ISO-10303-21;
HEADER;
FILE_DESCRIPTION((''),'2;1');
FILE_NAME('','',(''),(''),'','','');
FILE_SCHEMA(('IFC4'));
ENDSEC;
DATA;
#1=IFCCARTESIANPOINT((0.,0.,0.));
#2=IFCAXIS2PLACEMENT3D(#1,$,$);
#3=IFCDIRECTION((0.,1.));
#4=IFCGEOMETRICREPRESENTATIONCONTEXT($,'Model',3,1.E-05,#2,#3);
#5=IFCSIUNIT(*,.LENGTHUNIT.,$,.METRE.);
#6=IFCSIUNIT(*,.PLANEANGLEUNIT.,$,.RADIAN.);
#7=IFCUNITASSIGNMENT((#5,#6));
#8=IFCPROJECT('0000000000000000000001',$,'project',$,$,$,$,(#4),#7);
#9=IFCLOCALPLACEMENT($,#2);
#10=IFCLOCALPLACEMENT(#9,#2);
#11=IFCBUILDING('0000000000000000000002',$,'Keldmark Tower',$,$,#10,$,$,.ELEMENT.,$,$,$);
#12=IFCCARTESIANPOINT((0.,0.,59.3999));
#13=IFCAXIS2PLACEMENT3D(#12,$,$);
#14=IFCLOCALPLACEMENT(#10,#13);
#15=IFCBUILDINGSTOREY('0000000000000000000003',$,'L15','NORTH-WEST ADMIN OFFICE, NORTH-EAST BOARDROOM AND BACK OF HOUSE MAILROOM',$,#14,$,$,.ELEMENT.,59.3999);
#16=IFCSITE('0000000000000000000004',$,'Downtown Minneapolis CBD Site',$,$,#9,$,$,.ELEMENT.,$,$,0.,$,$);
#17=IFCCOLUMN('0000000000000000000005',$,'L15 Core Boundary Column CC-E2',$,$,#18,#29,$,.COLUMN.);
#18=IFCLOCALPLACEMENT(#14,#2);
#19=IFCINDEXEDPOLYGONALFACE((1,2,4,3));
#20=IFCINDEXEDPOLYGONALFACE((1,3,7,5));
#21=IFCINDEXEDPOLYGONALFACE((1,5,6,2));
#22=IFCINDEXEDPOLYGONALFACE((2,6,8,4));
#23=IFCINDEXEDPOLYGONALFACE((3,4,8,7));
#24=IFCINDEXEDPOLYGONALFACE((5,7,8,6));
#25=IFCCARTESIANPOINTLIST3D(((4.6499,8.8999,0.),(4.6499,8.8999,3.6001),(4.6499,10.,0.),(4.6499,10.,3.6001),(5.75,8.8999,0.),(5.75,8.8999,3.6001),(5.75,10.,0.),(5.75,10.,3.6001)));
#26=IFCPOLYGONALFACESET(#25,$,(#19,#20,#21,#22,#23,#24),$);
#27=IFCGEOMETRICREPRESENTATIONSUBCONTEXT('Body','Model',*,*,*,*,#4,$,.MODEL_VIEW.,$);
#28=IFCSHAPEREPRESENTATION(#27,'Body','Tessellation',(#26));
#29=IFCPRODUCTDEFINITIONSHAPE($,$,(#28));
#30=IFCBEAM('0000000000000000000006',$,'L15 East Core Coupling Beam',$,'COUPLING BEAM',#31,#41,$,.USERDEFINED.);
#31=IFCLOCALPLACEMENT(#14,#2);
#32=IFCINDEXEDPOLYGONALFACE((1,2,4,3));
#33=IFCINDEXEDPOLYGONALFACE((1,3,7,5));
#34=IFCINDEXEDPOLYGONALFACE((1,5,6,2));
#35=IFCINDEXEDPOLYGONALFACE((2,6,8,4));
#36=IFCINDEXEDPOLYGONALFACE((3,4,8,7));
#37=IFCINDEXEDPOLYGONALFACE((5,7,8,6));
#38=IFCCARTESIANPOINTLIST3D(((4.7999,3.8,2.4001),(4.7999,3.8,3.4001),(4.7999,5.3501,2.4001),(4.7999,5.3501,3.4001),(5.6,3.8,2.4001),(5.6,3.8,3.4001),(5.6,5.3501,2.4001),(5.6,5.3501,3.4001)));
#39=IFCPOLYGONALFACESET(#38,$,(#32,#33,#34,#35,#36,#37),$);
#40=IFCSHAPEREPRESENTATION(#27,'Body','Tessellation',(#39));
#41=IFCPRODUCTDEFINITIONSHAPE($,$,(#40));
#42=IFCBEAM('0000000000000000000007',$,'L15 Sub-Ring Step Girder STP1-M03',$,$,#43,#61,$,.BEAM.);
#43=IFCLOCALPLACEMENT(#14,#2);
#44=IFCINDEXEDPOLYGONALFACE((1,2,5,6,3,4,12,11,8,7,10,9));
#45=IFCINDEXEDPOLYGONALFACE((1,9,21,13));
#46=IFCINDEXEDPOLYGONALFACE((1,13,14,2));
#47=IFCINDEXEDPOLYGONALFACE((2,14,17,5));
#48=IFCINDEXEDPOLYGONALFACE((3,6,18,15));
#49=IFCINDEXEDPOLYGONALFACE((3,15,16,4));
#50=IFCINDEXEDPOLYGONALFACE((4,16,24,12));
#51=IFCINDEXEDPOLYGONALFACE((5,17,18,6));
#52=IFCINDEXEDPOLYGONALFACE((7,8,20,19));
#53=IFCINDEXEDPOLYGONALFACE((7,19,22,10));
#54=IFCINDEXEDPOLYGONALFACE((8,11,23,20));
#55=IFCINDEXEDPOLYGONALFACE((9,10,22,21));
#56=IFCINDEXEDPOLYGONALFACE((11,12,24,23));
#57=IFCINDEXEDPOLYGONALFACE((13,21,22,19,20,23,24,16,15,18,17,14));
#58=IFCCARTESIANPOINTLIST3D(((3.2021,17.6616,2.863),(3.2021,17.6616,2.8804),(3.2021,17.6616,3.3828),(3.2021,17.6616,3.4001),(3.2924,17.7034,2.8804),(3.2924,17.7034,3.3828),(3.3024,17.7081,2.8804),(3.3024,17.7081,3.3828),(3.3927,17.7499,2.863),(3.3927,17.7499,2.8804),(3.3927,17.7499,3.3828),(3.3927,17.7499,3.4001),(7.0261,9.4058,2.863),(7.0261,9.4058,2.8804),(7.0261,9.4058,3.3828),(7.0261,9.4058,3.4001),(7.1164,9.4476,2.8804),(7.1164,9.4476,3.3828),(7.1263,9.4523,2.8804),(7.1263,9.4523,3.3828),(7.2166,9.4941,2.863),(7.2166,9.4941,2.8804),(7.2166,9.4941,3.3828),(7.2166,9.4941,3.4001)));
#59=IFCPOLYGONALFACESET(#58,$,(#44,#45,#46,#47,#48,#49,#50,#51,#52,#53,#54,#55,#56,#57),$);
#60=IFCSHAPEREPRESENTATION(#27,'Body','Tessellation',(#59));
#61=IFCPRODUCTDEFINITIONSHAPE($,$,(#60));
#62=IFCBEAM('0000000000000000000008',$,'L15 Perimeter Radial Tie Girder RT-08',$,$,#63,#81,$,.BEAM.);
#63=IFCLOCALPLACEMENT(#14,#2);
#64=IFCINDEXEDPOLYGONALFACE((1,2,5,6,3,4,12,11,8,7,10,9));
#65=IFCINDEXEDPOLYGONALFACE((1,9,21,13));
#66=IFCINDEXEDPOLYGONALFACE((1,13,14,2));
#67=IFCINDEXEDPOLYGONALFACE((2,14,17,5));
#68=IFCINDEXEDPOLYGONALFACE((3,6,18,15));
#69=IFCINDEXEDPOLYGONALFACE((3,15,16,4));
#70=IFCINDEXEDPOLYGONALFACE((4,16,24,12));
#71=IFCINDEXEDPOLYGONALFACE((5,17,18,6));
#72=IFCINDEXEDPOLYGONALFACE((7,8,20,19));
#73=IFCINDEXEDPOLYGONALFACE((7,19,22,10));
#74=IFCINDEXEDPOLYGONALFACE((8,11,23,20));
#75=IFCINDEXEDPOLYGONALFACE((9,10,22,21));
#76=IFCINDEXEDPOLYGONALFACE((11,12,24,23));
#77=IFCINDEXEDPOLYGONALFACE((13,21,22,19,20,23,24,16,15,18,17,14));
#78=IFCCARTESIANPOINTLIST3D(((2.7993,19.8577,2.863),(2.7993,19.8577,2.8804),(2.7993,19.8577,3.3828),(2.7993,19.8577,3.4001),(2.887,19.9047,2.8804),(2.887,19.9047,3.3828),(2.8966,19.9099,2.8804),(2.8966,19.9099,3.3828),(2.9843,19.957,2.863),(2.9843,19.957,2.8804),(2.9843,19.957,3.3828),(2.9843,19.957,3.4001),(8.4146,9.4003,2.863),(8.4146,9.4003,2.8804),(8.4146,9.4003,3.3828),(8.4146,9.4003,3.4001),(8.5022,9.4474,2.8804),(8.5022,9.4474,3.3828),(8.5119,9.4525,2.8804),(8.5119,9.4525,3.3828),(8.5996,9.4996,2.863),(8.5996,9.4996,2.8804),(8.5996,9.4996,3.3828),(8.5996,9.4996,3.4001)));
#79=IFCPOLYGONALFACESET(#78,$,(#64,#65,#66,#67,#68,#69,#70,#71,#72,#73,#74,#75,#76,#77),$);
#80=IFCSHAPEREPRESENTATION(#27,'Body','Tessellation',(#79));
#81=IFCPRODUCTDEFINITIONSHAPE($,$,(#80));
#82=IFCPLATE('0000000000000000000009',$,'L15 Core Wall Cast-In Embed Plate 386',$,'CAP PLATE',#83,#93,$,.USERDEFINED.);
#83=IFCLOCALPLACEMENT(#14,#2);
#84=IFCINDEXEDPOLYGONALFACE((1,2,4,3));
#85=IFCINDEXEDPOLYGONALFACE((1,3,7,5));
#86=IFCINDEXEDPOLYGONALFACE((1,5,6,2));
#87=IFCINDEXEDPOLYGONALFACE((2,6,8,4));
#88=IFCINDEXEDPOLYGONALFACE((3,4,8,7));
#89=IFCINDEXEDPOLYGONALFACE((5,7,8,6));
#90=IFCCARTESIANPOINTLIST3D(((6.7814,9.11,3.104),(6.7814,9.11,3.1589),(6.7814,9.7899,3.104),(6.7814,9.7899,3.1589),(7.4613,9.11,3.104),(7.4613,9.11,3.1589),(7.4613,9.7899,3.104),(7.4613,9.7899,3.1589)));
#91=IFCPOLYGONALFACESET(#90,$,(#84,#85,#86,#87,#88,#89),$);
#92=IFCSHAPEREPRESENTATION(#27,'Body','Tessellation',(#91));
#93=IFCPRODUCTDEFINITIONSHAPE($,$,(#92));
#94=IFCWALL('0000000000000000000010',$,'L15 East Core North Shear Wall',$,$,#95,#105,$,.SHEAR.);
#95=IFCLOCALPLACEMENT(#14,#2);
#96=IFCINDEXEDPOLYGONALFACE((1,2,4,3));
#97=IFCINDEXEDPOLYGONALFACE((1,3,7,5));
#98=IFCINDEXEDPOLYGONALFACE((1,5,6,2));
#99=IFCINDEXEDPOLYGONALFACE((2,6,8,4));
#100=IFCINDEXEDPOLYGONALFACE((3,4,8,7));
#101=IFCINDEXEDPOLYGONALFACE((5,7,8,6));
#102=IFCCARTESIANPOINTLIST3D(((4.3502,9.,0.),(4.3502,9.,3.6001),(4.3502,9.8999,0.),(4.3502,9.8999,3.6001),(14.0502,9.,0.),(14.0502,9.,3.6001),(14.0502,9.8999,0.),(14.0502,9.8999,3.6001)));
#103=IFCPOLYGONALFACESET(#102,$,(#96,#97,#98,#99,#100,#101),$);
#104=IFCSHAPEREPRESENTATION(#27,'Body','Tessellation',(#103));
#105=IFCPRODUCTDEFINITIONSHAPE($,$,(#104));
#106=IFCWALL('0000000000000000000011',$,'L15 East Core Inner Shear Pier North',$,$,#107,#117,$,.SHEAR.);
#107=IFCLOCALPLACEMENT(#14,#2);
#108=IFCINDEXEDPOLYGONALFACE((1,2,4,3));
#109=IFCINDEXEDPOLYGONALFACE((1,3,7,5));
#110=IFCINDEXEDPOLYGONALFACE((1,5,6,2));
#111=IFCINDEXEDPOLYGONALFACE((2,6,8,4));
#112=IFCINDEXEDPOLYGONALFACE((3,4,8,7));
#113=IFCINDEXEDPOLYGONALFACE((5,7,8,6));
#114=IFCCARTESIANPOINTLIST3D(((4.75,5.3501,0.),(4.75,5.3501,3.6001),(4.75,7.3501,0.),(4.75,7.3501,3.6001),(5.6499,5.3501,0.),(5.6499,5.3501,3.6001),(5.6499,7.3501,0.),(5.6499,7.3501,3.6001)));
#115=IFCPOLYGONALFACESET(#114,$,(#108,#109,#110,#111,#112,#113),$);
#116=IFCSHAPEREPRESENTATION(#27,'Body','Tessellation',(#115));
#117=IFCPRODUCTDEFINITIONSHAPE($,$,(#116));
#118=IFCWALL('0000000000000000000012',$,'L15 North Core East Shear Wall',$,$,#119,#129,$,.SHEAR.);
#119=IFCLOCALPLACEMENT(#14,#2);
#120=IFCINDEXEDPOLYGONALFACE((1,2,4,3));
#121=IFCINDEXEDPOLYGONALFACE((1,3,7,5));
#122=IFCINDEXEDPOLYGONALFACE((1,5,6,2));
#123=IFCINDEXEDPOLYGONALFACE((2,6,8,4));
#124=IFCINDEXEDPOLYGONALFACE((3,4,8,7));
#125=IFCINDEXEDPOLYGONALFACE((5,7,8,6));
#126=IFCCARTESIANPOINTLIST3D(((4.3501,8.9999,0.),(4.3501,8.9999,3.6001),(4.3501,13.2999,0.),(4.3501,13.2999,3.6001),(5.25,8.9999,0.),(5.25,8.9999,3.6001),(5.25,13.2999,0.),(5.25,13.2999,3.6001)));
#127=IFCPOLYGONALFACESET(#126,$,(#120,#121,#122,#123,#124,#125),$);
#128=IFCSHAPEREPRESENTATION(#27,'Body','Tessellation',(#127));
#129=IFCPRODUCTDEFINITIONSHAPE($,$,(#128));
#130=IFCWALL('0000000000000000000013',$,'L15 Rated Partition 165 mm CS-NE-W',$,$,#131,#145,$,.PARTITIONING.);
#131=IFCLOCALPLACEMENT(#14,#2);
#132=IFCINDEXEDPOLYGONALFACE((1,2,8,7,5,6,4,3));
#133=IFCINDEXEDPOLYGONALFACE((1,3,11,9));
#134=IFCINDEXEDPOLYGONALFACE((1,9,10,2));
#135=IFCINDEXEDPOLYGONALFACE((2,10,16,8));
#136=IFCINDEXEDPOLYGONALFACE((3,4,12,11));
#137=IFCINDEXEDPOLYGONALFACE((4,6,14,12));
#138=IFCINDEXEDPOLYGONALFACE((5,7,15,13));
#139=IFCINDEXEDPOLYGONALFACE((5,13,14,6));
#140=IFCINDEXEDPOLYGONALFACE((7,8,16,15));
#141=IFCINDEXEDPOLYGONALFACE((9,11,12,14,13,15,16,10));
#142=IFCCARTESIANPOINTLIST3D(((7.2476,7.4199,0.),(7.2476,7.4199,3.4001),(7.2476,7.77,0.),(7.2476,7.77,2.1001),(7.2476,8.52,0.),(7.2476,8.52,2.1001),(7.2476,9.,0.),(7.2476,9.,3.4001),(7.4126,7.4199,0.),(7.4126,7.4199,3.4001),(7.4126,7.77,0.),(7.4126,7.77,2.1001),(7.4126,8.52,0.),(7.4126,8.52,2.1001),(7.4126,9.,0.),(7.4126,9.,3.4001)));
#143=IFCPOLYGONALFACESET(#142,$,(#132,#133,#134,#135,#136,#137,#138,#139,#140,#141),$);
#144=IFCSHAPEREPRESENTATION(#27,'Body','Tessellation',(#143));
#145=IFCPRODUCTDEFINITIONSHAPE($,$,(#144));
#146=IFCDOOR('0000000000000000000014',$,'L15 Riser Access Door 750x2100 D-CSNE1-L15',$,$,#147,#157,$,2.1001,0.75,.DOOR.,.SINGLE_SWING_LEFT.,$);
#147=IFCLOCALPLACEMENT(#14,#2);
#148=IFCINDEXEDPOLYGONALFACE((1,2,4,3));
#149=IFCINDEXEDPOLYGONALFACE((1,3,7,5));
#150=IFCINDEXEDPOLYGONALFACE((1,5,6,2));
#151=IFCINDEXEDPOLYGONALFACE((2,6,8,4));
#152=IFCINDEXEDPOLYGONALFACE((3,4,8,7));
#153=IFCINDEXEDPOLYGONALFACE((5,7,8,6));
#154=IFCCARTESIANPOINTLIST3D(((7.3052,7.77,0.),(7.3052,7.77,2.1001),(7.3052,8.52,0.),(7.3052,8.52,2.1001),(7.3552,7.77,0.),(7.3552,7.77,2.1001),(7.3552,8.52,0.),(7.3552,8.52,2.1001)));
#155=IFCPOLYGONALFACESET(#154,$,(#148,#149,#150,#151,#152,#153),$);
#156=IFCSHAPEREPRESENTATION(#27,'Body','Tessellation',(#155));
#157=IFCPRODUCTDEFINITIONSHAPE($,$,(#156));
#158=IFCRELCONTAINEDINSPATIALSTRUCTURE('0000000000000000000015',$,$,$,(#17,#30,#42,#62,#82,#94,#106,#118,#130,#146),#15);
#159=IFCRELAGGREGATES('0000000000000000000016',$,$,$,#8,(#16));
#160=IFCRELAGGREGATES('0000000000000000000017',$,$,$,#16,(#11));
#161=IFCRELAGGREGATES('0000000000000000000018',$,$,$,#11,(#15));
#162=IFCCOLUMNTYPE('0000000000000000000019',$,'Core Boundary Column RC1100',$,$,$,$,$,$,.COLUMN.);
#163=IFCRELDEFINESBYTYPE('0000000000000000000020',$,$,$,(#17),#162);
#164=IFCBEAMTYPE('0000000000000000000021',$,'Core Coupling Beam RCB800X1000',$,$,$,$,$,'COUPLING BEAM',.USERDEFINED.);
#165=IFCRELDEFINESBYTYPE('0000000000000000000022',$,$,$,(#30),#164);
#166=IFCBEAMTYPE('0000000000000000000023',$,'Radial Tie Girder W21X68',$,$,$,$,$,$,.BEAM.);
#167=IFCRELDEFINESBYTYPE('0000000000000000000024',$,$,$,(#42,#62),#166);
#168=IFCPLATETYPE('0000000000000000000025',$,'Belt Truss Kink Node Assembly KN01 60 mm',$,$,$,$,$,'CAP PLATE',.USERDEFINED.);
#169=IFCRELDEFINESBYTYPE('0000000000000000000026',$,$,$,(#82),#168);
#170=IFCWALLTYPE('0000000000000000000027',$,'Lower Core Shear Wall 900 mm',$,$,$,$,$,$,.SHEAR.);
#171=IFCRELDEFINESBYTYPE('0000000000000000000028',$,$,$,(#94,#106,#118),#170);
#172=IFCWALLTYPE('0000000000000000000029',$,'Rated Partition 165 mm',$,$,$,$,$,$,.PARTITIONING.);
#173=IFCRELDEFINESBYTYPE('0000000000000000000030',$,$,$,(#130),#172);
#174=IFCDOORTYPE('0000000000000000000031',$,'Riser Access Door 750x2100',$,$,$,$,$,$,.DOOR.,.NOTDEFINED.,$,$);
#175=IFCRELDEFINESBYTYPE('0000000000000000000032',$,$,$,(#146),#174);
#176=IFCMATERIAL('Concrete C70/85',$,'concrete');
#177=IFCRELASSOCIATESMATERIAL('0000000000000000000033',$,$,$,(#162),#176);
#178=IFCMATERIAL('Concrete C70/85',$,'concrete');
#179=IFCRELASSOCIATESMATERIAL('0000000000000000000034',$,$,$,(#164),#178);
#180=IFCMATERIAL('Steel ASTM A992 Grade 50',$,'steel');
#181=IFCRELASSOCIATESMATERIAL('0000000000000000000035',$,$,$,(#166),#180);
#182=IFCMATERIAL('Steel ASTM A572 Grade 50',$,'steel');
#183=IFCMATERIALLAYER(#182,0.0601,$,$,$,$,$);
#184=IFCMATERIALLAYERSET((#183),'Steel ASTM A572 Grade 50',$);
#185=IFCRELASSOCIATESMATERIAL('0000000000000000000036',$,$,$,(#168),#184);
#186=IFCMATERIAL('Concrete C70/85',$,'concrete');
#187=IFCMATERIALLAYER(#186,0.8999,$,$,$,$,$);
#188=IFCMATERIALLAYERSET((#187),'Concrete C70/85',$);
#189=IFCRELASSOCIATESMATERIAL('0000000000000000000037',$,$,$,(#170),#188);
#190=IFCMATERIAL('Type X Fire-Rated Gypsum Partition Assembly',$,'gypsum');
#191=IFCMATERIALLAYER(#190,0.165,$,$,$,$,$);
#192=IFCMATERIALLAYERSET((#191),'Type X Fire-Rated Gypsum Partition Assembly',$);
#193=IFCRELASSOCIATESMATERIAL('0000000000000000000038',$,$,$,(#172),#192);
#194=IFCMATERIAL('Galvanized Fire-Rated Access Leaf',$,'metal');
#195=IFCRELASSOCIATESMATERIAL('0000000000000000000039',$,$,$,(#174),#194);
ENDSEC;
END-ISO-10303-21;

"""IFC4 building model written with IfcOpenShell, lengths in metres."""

from ifc_helpers import new_model, si_unit, direction, frame, frame_2d, origin, origin_2d, place, context, subcontext, project, spatial, rectangle, i_section, extrude, material, layer, layer_set, material_profile, profile_set, type_object, element, fill, save


model = new_model("IFC4")

# Units and contexts
model_context = context("Model", 3, precision=1e-05, world=origin(), true_north=direction((0.0, 1.0)))
body_context = subcontext(model_context, "Body", "Model", "MODEL_VIEW")
ifc_project = project(units=[si_unit("LENGTHUNIT", "METRE"), si_unit("PLANEANGLEUNIT", "RADIAN")], contexts=[model_context])

# Site, building, storey
site_placement = place(None, origin())
site = spatial("IfcSite", under=ifc_project, at=site_placement, Name="Downtown Minneapolis CBD Site", CompositionType="ELEMENT", RefElevation=0.0)
building_placement = place(site_placement, origin())
building = spatial("IfcBuilding", under=site, at=building_placement, Name="Keldmark Tower", CompositionType="ELEMENT")
storey_placement = place(building_placement, frame((0.0, 0.0, 59.3999)))
storey = spatial("IfcBuildingStorey", under=building, at=storey_placement, Name="L15", Description="NORTH-WEST ADMIN OFFICE, NORTH-EAST BOARDROOM AND BACK OF HOUSE MAILROOM", CompositionType="ELEMENT", Elevation=59.3999)

# Column
ifc_material_1 = material(Name="Concrete C70/85", Category="concrete")
ifc_material_profile_1 = material_profile(ifc_material_1, rectangle(XDim=1.1001, YDim=1.1001, at=origin_2d()), Name="RC1100X1100")
ifc_profile_set_1 = profile_set([ifc_material_profile_1], Name="Concrete C70/85")
column_type = type_object("IfcColumnType", Name="Core Boundary Column RC1100", PredefinedType="COLUMN", material=ifc_profile_set_1)
column_placement = place(storey_placement, frame((5.2, 9.45, 0.0), z_axis=(0.0, 0.0, 1.0), x_axis=(1.0, 0.0, 0.0)))
element("IfcColumn", 1, at=column_placement, inside=storey, type_object=column_type, Name="L15 Core Boundary Column CC-E2", PredefinedType="COLUMN", context=body_context, shape_type="SweptSolid", body=[
    extrude(rectangle(XDim=1.1001, YDim=1.1001, at=origin_2d()), origin(), (0.0, 0.0, 1.0), 3.6001),
])

# Beams
ifc_material_2 = material(Name="Concrete C70/85", Category="concrete")
ifc_material_profile_2 = material_profile(ifc_material_2, rectangle(XDim=0.8, YDim=1.0, at=origin_2d()), Name="RCB800X1000")
ifc_profile_set_2 = profile_set([ifc_material_profile_2], Name="Concrete C70/85")
beam_type_1 = type_object("IfcBeamType", Name="Core Coupling Beam RCB800X1000", ElementType="COUPLING BEAM", PredefinedType="USERDEFINED", material=ifc_profile_set_2)
beam_1_placement = place(storey_placement, frame((5.2, 3.8, 2.9001), z_axis=(0.0, 1.0, 0.0), x_axis=(-1.0, 0.0, 0.0)))
element("IfcBeam", 2, at=beam_1_placement, inside=storey, type_object=beam_type_1, Name="L15 East Core Coupling Beam", ObjectType="COUPLING BEAM", PredefinedType="USERDEFINED", context=body_context, shape_type="SweptSolid", body=[
    extrude(rectangle(XDim=0.8, YDim=1.0, at=origin_2d()), origin(), (0.0, 0.0, 1.0), 1.55),
])
ifc_material_3 = material(Name="Steel ASTM A992 Grade 50", Category="steel")
ifc_material_profile_3 = material_profile(ifc_material_3, i_section(OverallWidth=0.21, OverallDepth=0.5371, WebThickness=0.011, FlangeThickness=0.0173, at=origin_2d()), Name="W21X68")
ifc_profile_set_3 = profile_set([ifc_material_profile_3], Name="Steel ASTM A992 Grade 50")
beam_type_2 = type_object("IfcBeamType", Name="Radial Tie Girder W21X68", PredefinedType="BEAM", material=ifc_profile_set_3)
beam_2_placement = place(storey_placement, frame((7.1213, 9.45, 3.1316), z_axis=(-0.420288, 0.907391, 0.0), x_axis=(-0.907391, -0.420288, 0.0)))
element("IfcBeam", 3, at=beam_2_placement, inside=storey, type_object=beam_type_2, Name="L15 Sub-Ring Step Girder STP1-M03", PredefinedType="BEAM", context=body_context, shape_type="SweptSolid", body=[
    extrude(i_section(OverallWidth=0.21, OverallDepth=0.5371, WebThickness=0.011, FlangeThickness=0.0173, at=origin_2d()), origin(), (0.0, 0.0, 1.0), 9.0984),
])
beam_3_placement = place(storey_placement, frame((8.5071, 9.45, 3.1316), z_axis=(-0.47308, 0.881019, 0.0), x_axis=(-0.881019, -0.47308, 0.0)))
element("IfcBeam", 4, at=beam_3_placement, inside=storey, type_object=beam_type_2, Name="L15 Perimeter Radial Tie Girder RT-08", PredefinedType="BEAM", context=body_context, shape_type="SweptSolid", body=[
    extrude(i_section(OverallWidth=0.21, OverallDepth=0.5371, WebThickness=0.011, FlangeThickness=0.0173, at=origin_2d()), origin(), (0.0, 0.0, 1.0), 11.8696),
])

# Plate
ifc_material_4 = material(Name="Steel ASTM A572 Grade 50", Category="steel")
ifc_layer_1 = layer(ifc_material_4, 0.0601)
ifc_layer_set_1 = layer_set([ifc_layer_1], Name="Steel ASTM A572 Grade 50")
plate_type = type_object("IfcPlateType", Name="Belt Truss Kink Node Assembly KN01 60 mm", ElementType="CAP PLATE", PredefinedType="USERDEFINED", material=ifc_layer_set_1)
plate_placement = place(storey_placement, frame((7.1213, 9.45, 3.104), z_axis=(0.0, 0.0, 1.0), x_axis=(1.0, 0.0, 0.0)))
element("IfcPlate", 5, at=plate_placement, inside=storey, type_object=plate_type, Name="L15 Core Wall Cast-In Embed Plate 386", ObjectType="CAP PLATE", PredefinedType="USERDEFINED", context=body_context, shape_type="SweptSolid", body=[
    extrude(rectangle(XDim=0.6799, YDim=0.6799, at=origin_2d()), origin(), (0.0, 0.0, 1.0), 0.0549),
])

# Walls
ifc_material_5 = material(Name="Concrete C70/85", Category="concrete")
ifc_layer_2 = layer(ifc_material_5, 0.8999)
ifc_layer_set_2 = layer_set([ifc_layer_2], Name="Concrete C70/85")
wall_type_1 = type_object("IfcWallType", Name="Lower Core Shear Wall 900 mm", PredefinedType="SHEAR", material=ifc_layer_set_2)
wall_1_placement = place(storey_placement, frame((4.3501, 9.45, 0.0), z_axis=(0.0, 0.0, 1.0), x_axis=(1.0, 0.0, 0.0)))
element("IfcWall", 6, at=wall_1_placement, inside=storey, type_object=wall_type_1, Name="L15 East Core North Shear Wall", PredefinedType="SHEAR", context=body_context, shape_type="SweptSolid", body=[
    extrude(rectangle(XDim=9.7, YDim=0.8999, at=frame_2d((4.8501, 0.0))), origin(), (0.0, 0.0, 1.0), 3.6001),
])
wall_2_placement = place(storey_placement, frame((5.2, 5.3501, 0.0), z_axis=(0.0, 0.0, 1.0), x_axis=(0.0, 1.0, 0.0)))
element("IfcWall", 7, at=wall_2_placement, inside=storey, type_object=wall_type_1, Name="L15 East Core Inner Shear Pier North", PredefinedType="SHEAR", context=body_context, shape_type="SweptSolid", body=[
    extrude(rectangle(XDim=2.0, YDim=0.8999, at=frame_2d((1.0, 0.0))), origin(), (0.0, 0.0, 1.0), 3.6001),
])
wall_3_placement = place(storey_placement, frame((4.8, 9.0, 0.0), z_axis=(0.0, 0.0, 1.0), x_axis=(0.0, 1.0, 0.0)))
element("IfcWall", 8, at=wall_3_placement, inside=storey, type_object=wall_type_1, Name="L15 North Core East Shear Wall", PredefinedType="SHEAR", context=body_context, shape_type="SweptSolid", body=[
    extrude(rectangle(XDim=4.3, YDim=0.8999, at=frame_2d((2.1499, 0.0))), origin(), (0.0, 0.0, 1.0), 3.6001),
])

# Wall, opening, door
ifc_material_6 = material(Name="Type X Fire-Rated Gypsum Partition Assembly", Category="gypsum")
ifc_layer_3 = layer(ifc_material_6, 0.165)
ifc_layer_set_3 = layer_set([ifc_layer_3], Name="Type X Fire-Rated Gypsum Partition Assembly")
wall_type_2 = type_object("IfcWallType", Name="Rated Partition 165 mm", PredefinedType="PARTITIONING", material=ifc_layer_set_3)
wall_4_placement = place(storey_placement, frame((7.3301, 7.4199, 0.0), z_axis=(0.0, 0.0, 1.0), x_axis=(0.0, 1.0, 0.0)))
wall_4 = element("IfcWall", 9, at=wall_4_placement, inside=storey, type_object=wall_type_2, Name="L15 Rated Partition 165 mm CS-NE-W", PredefinedType="PARTITIONING", context=body_context, shape_type="SweptSolid", body=[
    extrude(rectangle(XDim=1.5801, YDim=0.165, at=frame_2d((0.79, 0.0))), origin(), (0.0, 0.0, 1.0), 3.4001),
])
opening_1_placement = place(wall_4_placement, frame((0.3501, 0.0, 0.0)))
opening_1 = element("IfcOpeningElement", 10, at=opening_1_placement, cuts=wall_4, PredefinedType="OPENING", context=body_context, shape_type="SweptSolid", body=[
    extrude(rectangle(XDim=0.75, YDim=2.1001, at=frame_2d((0.375, 1.05))), frame((0.0, 0.0925, 0.0), z_axis=(0.0, -1.0, 0.0), x_axis=(1.0, 0.0, 0.0)), (0.0, 0.0, 1.0), 0.1851),
])
ifc_material_7 = material(Name="Galvanized Fire-Rated Access Leaf", Category="metal")
door_type_1 = type_object("IfcDoorType", Name="Riser Access Door 750x2100", OperationType="NOTDEFINED", PredefinedType="DOOR", material=ifc_material_7)
door_1_placement = place(opening_1_placement, origin())
door_1 = element("IfcDoor", 11, at=door_1_placement, inside=storey, type_object=door_type_1, Name="L15 Riser Access Door 750x2100 D-CSNE1-L15", OperationType="SINGLE_SWING_LEFT", OverallHeight=2.1001, OverallWidth=0.75, PredefinedType="DOOR", context=body_context, shape_type="SweptSolid", body=[
    extrude(rectangle(XDim=0.75, YDim=2.1001, at=frame_2d((0.375, 1.05))), frame((0.0, 0.0249, 0.0), z_axis=(0.0, -1.0, 0.0), x_axis=(1.0, 0.0, 0.0)), (0.0, 0.0, 1.0), 0.05),
])
fill(opening_1, door_1)

save(model, "model.ifc")
